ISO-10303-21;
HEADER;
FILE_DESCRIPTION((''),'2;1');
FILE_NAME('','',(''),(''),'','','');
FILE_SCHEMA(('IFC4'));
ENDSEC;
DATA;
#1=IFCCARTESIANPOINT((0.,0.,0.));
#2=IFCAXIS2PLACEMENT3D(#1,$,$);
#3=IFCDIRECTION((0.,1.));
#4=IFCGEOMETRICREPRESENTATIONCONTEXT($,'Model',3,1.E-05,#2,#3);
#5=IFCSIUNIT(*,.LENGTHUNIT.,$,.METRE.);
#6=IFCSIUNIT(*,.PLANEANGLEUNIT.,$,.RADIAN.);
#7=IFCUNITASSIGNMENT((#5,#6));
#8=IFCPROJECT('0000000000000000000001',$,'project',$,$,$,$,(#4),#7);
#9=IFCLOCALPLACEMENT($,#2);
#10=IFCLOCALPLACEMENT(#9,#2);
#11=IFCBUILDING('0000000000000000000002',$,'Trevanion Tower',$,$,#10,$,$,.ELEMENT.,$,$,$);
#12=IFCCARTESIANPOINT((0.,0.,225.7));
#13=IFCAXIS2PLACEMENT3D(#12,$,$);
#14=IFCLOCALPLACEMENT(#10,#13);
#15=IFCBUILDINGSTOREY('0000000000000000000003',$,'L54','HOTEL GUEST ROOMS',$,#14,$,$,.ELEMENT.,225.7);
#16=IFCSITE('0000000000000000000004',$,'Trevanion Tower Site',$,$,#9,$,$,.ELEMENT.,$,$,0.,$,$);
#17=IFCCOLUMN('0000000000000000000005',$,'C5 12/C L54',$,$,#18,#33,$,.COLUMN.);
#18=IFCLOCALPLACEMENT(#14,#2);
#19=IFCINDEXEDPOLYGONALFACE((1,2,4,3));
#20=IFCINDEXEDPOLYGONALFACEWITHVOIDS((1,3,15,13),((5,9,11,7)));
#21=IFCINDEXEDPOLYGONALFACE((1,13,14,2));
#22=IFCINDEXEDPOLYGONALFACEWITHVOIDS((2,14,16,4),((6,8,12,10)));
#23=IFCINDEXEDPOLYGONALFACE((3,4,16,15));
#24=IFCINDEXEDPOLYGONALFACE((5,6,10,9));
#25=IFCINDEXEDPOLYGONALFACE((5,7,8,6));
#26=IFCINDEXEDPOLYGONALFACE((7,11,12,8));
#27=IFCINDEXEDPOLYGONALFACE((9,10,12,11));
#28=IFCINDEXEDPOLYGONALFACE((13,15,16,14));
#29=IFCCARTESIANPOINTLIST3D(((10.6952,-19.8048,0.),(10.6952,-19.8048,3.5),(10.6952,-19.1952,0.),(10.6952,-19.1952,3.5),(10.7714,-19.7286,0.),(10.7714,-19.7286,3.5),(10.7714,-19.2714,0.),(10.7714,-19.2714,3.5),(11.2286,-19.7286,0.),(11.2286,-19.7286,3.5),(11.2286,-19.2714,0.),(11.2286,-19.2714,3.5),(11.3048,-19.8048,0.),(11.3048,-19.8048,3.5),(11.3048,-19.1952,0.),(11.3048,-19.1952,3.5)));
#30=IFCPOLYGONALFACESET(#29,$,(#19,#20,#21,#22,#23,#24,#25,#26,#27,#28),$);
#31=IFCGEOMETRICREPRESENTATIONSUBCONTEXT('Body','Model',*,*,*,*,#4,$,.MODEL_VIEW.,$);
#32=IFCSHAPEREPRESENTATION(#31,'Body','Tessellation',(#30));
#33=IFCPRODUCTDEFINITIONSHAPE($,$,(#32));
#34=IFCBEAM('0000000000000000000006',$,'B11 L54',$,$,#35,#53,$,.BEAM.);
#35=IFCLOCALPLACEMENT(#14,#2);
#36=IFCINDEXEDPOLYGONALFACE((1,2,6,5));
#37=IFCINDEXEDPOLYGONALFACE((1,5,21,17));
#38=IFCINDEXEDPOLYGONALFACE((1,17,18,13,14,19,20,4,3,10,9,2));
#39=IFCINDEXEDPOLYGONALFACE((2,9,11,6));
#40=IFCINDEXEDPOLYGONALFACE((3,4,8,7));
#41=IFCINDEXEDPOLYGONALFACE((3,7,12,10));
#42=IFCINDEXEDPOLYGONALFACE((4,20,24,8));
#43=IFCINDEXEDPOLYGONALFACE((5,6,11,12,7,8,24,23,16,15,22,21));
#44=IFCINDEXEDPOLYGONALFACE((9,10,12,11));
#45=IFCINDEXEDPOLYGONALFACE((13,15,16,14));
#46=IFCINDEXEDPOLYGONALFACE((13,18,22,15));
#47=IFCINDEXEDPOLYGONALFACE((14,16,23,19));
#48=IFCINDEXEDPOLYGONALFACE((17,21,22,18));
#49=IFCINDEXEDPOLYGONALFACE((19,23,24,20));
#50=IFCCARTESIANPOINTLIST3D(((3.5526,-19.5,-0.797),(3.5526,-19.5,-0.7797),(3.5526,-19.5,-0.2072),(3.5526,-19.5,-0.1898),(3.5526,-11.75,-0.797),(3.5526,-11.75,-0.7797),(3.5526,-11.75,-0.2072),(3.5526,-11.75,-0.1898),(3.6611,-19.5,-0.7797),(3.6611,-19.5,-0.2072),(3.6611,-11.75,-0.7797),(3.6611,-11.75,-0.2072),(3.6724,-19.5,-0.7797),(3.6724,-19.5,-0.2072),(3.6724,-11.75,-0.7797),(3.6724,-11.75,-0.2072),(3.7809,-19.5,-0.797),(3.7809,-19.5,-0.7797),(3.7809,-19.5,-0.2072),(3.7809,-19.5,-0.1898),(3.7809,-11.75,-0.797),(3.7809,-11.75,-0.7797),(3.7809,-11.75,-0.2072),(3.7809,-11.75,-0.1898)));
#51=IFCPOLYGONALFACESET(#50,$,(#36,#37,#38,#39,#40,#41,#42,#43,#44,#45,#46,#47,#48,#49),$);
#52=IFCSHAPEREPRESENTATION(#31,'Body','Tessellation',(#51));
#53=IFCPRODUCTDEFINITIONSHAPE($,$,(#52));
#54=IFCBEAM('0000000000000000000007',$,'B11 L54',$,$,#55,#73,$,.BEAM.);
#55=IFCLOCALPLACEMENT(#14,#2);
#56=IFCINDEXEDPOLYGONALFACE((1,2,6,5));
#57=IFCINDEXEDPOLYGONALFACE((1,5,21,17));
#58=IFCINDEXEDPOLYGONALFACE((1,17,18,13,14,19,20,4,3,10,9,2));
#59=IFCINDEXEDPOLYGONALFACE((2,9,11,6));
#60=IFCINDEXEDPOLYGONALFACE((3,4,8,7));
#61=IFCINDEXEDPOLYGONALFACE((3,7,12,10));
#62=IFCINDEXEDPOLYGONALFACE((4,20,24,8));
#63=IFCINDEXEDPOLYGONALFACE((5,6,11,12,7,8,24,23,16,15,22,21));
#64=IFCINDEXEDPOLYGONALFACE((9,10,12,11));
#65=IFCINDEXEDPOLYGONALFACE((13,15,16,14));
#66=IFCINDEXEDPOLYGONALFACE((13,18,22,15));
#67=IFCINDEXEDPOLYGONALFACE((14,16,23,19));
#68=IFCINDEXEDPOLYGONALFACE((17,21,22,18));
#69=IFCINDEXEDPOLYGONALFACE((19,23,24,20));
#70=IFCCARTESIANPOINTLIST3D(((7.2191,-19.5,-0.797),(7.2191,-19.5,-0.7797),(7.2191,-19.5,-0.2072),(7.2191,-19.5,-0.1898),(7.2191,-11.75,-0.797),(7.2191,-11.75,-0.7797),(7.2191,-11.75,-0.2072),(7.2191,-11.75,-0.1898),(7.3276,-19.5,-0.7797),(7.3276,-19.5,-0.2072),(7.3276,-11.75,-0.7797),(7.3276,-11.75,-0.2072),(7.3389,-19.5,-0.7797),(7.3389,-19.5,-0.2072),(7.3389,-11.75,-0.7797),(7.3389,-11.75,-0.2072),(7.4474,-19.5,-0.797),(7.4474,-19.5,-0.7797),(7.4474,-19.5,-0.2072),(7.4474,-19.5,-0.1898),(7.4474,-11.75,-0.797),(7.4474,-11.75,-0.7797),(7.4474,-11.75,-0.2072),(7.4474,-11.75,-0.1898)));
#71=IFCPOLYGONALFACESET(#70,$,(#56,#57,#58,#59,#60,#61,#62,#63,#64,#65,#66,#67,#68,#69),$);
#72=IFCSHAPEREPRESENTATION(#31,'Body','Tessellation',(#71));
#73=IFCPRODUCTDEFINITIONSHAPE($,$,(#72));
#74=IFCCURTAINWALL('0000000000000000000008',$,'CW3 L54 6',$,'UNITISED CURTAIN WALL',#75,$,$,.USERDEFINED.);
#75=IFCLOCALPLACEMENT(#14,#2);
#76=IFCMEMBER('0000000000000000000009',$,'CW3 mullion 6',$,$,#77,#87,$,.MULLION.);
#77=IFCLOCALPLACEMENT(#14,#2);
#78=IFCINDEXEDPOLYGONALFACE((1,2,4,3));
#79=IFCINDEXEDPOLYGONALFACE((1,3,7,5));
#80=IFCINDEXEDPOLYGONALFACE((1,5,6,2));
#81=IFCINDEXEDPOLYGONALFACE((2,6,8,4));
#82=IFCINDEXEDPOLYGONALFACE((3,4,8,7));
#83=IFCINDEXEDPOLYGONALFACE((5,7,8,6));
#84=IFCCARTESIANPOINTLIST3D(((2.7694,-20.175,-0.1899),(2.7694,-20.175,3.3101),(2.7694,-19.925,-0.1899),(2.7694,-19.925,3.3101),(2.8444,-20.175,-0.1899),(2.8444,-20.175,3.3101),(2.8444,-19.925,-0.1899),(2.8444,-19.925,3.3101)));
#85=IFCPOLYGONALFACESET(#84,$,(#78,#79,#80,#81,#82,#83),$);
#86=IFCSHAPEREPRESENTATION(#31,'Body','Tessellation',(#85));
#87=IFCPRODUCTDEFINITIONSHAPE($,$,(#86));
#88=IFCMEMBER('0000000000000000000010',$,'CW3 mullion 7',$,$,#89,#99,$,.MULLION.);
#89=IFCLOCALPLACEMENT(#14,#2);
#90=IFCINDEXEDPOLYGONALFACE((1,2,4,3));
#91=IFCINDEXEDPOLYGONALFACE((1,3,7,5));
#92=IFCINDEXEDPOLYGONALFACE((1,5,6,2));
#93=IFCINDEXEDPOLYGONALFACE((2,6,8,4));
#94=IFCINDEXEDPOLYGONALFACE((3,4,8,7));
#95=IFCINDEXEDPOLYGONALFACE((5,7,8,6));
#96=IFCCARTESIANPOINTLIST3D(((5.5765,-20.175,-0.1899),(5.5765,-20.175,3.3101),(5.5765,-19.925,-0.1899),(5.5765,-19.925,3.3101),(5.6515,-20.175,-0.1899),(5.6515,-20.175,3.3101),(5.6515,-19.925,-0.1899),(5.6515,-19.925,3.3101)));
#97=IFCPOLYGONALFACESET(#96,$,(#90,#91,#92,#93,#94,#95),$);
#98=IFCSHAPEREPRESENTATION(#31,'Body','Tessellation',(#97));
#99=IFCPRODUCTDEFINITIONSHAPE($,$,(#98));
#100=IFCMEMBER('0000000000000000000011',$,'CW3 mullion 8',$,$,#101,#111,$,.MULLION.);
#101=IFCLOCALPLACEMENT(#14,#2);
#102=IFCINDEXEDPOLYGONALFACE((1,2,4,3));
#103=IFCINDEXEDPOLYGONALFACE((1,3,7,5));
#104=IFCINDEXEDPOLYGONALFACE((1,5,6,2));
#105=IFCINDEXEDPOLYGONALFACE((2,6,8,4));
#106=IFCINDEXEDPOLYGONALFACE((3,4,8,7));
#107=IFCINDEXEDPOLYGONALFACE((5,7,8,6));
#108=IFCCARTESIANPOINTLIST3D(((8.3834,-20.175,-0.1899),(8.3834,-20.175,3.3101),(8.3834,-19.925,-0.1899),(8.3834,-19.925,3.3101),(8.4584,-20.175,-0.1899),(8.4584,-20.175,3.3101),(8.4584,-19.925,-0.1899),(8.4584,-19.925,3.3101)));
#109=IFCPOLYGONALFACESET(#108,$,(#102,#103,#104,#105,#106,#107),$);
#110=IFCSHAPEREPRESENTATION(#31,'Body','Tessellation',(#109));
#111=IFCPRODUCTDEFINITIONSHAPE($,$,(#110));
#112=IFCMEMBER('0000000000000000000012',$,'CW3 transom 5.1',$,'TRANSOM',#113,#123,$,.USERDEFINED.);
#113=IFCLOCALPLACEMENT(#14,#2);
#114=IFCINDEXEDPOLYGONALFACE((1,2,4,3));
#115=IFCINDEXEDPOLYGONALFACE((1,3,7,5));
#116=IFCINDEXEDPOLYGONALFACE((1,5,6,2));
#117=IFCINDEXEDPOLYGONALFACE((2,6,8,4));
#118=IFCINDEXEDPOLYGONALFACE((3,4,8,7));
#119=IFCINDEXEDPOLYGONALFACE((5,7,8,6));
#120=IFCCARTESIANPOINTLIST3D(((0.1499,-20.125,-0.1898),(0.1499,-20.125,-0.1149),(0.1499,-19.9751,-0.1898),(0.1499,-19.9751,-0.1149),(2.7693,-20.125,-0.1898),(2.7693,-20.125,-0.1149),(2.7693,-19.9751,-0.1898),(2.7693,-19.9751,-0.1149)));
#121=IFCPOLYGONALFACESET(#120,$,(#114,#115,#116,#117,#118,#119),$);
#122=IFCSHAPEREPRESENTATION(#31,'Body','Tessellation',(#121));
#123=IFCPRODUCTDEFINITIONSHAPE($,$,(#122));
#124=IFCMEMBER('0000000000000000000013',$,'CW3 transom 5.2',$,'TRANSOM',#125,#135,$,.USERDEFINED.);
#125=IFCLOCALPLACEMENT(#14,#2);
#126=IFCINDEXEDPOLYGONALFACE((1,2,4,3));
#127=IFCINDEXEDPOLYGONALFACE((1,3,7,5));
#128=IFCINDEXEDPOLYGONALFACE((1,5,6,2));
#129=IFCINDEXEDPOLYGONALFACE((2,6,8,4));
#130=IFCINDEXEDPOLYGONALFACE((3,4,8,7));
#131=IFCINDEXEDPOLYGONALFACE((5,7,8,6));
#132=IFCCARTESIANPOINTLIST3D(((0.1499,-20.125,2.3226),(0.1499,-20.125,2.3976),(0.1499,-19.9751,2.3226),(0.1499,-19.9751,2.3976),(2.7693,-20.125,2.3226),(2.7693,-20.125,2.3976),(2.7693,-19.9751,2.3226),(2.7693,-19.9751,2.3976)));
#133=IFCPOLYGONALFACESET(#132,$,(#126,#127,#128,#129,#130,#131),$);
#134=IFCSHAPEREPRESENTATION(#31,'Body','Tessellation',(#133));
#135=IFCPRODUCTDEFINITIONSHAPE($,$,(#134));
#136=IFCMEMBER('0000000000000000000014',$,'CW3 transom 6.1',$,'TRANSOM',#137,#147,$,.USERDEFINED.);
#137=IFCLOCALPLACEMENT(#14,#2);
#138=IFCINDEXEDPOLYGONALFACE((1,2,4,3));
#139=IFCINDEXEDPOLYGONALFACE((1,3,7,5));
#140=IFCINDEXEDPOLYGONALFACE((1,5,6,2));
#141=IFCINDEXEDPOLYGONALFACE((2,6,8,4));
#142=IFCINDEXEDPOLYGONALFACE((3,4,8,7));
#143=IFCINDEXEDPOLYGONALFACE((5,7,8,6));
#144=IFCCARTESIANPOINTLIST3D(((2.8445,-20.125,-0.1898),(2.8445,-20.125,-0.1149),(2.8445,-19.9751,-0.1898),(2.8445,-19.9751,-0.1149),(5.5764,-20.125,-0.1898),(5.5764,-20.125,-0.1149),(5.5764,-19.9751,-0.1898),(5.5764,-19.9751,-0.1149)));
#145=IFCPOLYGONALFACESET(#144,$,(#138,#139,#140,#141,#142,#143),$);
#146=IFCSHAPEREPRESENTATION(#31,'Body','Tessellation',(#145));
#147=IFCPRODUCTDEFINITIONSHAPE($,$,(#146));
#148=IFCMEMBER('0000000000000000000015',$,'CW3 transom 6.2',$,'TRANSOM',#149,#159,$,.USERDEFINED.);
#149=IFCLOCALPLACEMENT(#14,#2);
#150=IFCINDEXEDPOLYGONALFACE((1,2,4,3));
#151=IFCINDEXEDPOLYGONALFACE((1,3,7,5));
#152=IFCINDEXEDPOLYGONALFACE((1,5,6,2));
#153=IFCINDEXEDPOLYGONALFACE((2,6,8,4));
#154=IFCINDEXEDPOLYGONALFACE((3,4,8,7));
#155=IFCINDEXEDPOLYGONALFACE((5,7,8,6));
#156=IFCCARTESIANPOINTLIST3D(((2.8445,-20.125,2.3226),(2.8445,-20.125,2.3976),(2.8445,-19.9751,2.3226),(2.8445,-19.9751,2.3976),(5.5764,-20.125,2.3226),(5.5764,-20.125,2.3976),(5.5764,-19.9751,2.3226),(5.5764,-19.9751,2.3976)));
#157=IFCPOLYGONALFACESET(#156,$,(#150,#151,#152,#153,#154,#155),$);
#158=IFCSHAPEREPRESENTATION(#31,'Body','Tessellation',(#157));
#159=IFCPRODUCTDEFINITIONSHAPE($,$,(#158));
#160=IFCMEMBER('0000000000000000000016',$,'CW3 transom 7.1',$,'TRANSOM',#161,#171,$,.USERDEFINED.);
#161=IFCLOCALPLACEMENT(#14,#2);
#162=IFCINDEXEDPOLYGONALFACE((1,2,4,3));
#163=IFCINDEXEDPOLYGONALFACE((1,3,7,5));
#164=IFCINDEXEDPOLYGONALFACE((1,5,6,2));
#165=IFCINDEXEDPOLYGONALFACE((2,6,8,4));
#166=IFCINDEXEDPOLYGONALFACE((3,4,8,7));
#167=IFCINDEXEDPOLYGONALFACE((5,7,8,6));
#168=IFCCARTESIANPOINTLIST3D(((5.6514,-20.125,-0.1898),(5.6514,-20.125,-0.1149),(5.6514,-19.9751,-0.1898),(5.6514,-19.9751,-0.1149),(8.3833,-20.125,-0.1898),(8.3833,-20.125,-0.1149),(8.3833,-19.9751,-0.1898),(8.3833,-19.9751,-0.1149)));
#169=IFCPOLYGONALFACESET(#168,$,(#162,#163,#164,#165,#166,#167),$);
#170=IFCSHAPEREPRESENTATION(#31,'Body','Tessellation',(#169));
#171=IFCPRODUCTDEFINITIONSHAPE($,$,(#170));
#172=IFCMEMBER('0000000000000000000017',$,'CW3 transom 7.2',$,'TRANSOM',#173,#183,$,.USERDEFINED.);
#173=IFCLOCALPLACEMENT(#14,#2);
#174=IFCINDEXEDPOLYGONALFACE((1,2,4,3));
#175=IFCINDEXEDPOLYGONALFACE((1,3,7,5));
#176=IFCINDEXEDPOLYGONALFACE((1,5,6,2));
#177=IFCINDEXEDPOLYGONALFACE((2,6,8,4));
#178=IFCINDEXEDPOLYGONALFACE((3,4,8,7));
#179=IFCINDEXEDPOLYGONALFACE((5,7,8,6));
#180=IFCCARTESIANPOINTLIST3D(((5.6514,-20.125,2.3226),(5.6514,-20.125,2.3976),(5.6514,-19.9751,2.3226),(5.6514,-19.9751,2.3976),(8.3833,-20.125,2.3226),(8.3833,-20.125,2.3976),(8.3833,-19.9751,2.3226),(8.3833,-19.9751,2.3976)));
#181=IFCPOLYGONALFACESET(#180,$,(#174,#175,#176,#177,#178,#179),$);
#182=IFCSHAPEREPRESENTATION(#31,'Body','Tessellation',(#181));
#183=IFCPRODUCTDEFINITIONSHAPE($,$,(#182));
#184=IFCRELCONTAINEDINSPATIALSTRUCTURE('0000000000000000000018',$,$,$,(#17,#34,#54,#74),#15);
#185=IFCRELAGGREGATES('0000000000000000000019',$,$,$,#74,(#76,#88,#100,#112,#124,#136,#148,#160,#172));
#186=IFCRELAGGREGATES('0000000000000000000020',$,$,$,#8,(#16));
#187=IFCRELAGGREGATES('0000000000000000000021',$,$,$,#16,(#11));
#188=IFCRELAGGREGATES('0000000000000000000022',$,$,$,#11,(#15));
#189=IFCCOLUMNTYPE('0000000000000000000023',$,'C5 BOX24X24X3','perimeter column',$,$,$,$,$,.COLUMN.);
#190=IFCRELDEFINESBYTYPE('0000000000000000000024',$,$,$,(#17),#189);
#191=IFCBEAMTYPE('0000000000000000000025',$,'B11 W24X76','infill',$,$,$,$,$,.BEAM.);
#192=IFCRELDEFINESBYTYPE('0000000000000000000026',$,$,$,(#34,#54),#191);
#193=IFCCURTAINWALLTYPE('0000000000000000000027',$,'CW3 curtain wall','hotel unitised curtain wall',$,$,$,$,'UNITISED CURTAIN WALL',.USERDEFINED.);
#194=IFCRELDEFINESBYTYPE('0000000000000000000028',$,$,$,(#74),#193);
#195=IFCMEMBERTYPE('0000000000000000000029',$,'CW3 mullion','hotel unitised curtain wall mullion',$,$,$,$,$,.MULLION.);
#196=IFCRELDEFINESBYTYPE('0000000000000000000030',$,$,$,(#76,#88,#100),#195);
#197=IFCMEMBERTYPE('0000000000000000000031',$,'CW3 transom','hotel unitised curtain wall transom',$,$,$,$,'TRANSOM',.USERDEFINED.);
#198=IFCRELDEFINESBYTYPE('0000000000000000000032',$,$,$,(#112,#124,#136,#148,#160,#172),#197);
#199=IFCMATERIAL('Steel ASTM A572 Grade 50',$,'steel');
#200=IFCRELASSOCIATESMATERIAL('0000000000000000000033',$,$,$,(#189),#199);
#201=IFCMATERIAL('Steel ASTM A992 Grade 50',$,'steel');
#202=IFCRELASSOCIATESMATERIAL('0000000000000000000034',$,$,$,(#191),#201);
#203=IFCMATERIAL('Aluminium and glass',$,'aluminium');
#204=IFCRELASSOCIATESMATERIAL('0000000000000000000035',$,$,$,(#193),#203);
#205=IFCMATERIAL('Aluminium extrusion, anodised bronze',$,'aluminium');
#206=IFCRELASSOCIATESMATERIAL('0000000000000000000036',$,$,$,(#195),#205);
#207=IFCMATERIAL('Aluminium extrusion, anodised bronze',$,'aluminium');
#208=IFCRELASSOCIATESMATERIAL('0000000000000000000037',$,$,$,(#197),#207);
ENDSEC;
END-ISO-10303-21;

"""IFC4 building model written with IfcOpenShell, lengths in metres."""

from ifc_helpers import new_model, si_unit, direction, frame, origin, origin_2d, place, context, subcontext, project, spatial, rectangle, hollow_rectangle, i_section, extrude, material, material_profile, profile_set, type_object, element, aggregate, save


model = new_model("IFC4")

# Units and contexts
model_context = context("Model", 3, precision=1e-05, world=origin(), true_north=direction((0.0, 1.0)))
body_context = subcontext(model_context, "Body", "Model", "MODEL_VIEW")
ifc_project = project(units=[si_unit("LENGTHUNIT", "METRE"), si_unit("PLANEANGLEUNIT", "RADIAN")], contexts=[model_context])

# Site, building, storey
site_placement = place(None, origin())
site = spatial("IfcSite", under=ifc_project, at=site_placement, Name="Trevanion Tower Site", CompositionType="ELEMENT", RefElevation=0.0)
building_placement = place(site_placement, origin())
building = spatial("IfcBuilding", under=site, at=building_placement, Name="Trevanion Tower", CompositionType="ELEMENT")
storey_placement = place(building_placement, frame((0.0, 0.0, 225.7)))
storey = spatial("IfcBuildingStorey", under=building, at=storey_placement, Name="L54", Description="HOTEL GUEST ROOMS", CompositionType="ELEMENT", Elevation=225.7)

# Column
ifc_material_1 = material(Name="Steel ASTM A572 Grade 50", Category="steel")
ifc_material_profile_1 = material_profile(ifc_material_1, hollow_rectangle(XDim=0.6096, YDim=0.6096, WallThickness=0.0762, at=origin_2d()), Name="BOX24X24X3")
ifc_profile_set_1 = profile_set([ifc_material_profile_1], Name="Steel ASTM A572 Grade 50")
column_type = type_object("IfcColumnType", Name="C5 BOX24X24X3", Description="perimeter column", PredefinedType="COLUMN", material=ifc_profile_set_1)
column_placement = place(storey_placement, frame((11.0, -19.5, 0.0), z_axis=(0.0, 0.0, 1.0), x_axis=(1.0, 0.0, 0.0)))
element("IfcColumn", 1, at=column_placement, inside=storey, type_object=column_type, Name="C5 12/C L54", PredefinedType="COLUMN", context=body_context, shape_type="SweptSolid", body=[
    extrude(hollow_rectangle(XDim=0.6096, YDim=0.6096, WallThickness=0.0762, at=origin_2d()), origin(), (0.0, 0.0, 1.0), 3.5),
])

# Beams
ifc_material_2 = material(Name="Steel ASTM A992 Grade 50", Category="steel")
ifc_material_profile_2 = material_profile(ifc_material_2, i_section(OverallWidth=0.2283, OverallDepth=0.6072, WebThickness=0.0112, FlangeThickness=0.0173, at=origin_2d()), Name="W24X76")
ifc_profile_set_2 = profile_set([ifc_material_profile_2], Name="Steel ASTM A992 Grade 50")
beam_type_1 = type_object("IfcBeamType", Name="B11 W24X76", Description="infill", PredefinedType="BEAM", material=ifc_profile_set_2)
for number, where, z_axis, x_axis, name in (
    (2, (3.6667, -11.75, -0.4934), (0.0, -1.0, 0.0), (1.0, 0.0, 0.0), "B11 L54"),
    (3, (7.3333, -11.75, -0.4934), (0.0, -1.0, 0.0), (1.0, 0.0, 0.0), "B11 L54"),
):
    element("IfcBeam", number, at=place(storey_placement, frame(where, z_axis=z_axis, x_axis=x_axis)), inside=storey, type_object=beam_type_1, Name=name, PredefinedType="BEAM", context=body_context, shape_type="SweptSolid", body=[
        extrude(i_section(OverallWidth=0.2283, OverallDepth=0.6072, WebThickness=0.0112, FlangeThickness=0.0173, at=origin_2d()), origin(), (0.0, 0.0, 1.0), 7.75),
    ])

# Curtain wall, members
ifc_material_3 = material(Name="Aluminium and glass", Category="aluminium")
curtain_wall_type = type_object("IfcCurtainWallType", Name="CW3 curtain wall", Description="hotel unitised curtain wall", ElementType="UNITISED CURTAIN WALL", PredefinedType="USERDEFINED", material=ifc_material_3)
curtain_wall_placement = place(storey_placement, origin())
curtain_wall = element("IfcCurtainWall", 4, at=curtain_wall_placement, inside=storey, type_object=curtain_wall_type, Name="CW3 L54 6", ObjectType="UNITISED CURTAIN WALL", PredefinedType="USERDEFINED")
ifc_material_4 = material(Name="Aluminium extrusion, anodised bronze", Category="aluminium")
ifc_material_profile_3 = material_profile(ifc_material_4, rectangle(XDim=0.075, YDim=0.25, at=origin_2d()), Name="CW3 mullion")
ifc_profile_set_3 = profile_set([ifc_material_profile_3], Name="Aluminium extrusion, anodised bronze")
member_type_1 = type_object("IfcMemberType", Name="CW3 mullion", Description="hotel unitised curtain wall mullion", PredefinedType="MULLION", material=ifc_profile_set_3)
member_1_placement = place(storey_placement, frame((2.8069, -20.05, -0.1899), z_axis=(0.0, 0.0, 1.0), x_axis=(1.0, 0.0, 0.0)))
member_1 = element("IfcMember", 5, at=member_1_placement, type_object=member_type_1, Name="CW3 mullion 6", PredefinedType="MULLION", context=body_context, shape_type="SweptSolid", body=[
    extrude(rectangle(XDim=0.075, YDim=0.25, at=origin_2d()), origin(), (0.0, 0.0, 1.0), 3.5),
])
member_2_placement = place(storey_placement, frame((5.614, -20.05, -0.1899), z_axis=(0.0, 0.0, 1.0), x_axis=(1.0, 0.0, 0.0)))
member_2 = element("IfcMember", 6, at=member_2_placement, type_object=member_type_1, Name="CW3 mullion 7", PredefinedType="MULLION", context=body_context, shape_type="SweptSolid", body=[
    extrude(rectangle(XDim=0.075, YDim=0.25, at=origin_2d()), origin(), (0.0, 0.0, 1.0), 3.5),
])
member_3_placement = place(storey_placement, frame((8.4209, -20.05, -0.1899), z_axis=(0.0, 0.0, 1.0), x_axis=(1.0, 0.0, 0.0)))
member_3 = element("IfcMember", 7, at=member_3_placement, type_object=member_type_1, Name="CW3 mullion 8", PredefinedType="MULLION", context=body_context, shape_type="SweptSolid", body=[
    extrude(rectangle(XDim=0.075, YDim=0.25, at=origin_2d()), origin(), (0.0, 0.0, 1.0), 3.5),
])
ifc_material_5 = material(Name="Aluminium extrusion, anodised bronze", Category="aluminium")
ifc_material_profile_4 = material_profile(ifc_material_5, rectangle(XDim=0.1499, YDim=0.075, at=origin_2d()), Name="CW3 transom")
ifc_profile_set_4 = profile_set([ifc_material_profile_4], Name="Aluminium extrusion, anodised bronze")
member_type_2 = type_object("IfcMemberType", Name="CW3 transom", Description="hotel unitised curtain wall transom", ElementType="TRANSOM", PredefinedType="USERDEFINED", material=ifc_profile_set_4)
member_4_placement = place(storey_placement, frame((0.1499, -20.05, -0.1523), z_axis=(1.0, 0.0, 0.0), x_axis=(0.0, 1.0, 0.0)))
member_4 = element("IfcMember", 8, at=member_4_placement, type_object=member_type_2, Name="CW3 transom 5.1", ObjectType="TRANSOM", PredefinedType="USERDEFINED", context=body_context, shape_type="SweptSolid", body=[
    extrude(rectangle(XDim=0.1499, YDim=0.075, at=origin_2d()), origin(), (0.0, 0.0, 1.0), 2.6194),
])
member_5_placement = place(storey_placement, frame((0.1499, -20.05, 2.3601), z_axis=(1.0, 0.0, 0.0), x_axis=(0.0, 1.0, 0.0)))
member_5 = element("IfcMember", 9, at=member_5_placement, type_object=member_type_2, Name="CW3 transom 5.2", ObjectType="TRANSOM", PredefinedType="USERDEFINED", context=body_context, shape_type="SweptSolid", body=[
    extrude(rectangle(XDim=0.1499, YDim=0.075, at=origin_2d()), origin(), (0.0, 0.0, 1.0), 2.6194),
])
member_6_placement = place(storey_placement, frame((2.8445, -20.05, -0.1523), z_axis=(1.0, 0.0, 0.0), x_axis=(0.0, 1.0, 0.0)))
member_6 = element("IfcMember", 10, at=member_6_placement, type_object=member_type_2, Name="CW3 transom 6.1", ObjectType="TRANSOM", PredefinedType="USERDEFINED", context=body_context, shape_type="SweptSolid", body=[
    extrude(rectangle(XDim=0.1499, YDim=0.075, at=origin_2d()), origin(), (0.0, 0.0, 1.0), 2.7319),
])
member_7_placement = place(storey_placement, frame((2.8445, -20.05, 2.3601), z_axis=(1.0, 0.0, 0.0), x_axis=(0.0, 1.0, 0.0)))
member_7 = element("IfcMember", 11, at=member_7_placement, type_object=member_type_2, Name="CW3 transom 6.2", ObjectType="TRANSOM", PredefinedType="USERDEFINED", context=body_context, shape_type="SweptSolid", body=[
    extrude(rectangle(XDim=0.1499, YDim=0.075, at=origin_2d()), origin(), (0.0, 0.0, 1.0), 2.7319),
])
member_8_placement = place(storey_placement, frame((5.6514, -20.05, -0.1523), z_axis=(1.0, 0.0, 0.0), x_axis=(0.0, 1.0, 0.0)))
member_8 = element("IfcMember", 12, at=member_8_placement, type_object=member_type_2, Name="CW3 transom 7.1", ObjectType="TRANSOM", PredefinedType="USERDEFINED", context=body_context, shape_type="SweptSolid", body=[
    extrude(rectangle(XDim=0.1499, YDim=0.075, at=origin_2d()), origin(), (0.0, 0.0, 1.0), 2.7319),
])
member_9_placement = place(storey_placement, frame((5.6514, -20.05, 2.3601), z_axis=(1.0, 0.0, 0.0), x_axis=(0.0, 1.0, 0.0)))
member_9 = element("IfcMember", 13, at=member_9_placement, type_object=member_type_2, Name="CW3 transom 7.2", ObjectType="TRANSOM", PredefinedType="USERDEFINED", context=body_context, shape_type="SweptSolid", body=[
    extrude(rectangle(XDim=0.1499, YDim=0.075, at=origin_2d()), origin(), (0.0, 0.0, 1.0), 2.7319),
])

aggregate(curtain_wall, [member_1, member_2, member_3, member_4, member_5, member_6, member_7, member_8, member_9])

save(model, "model.ifc")
